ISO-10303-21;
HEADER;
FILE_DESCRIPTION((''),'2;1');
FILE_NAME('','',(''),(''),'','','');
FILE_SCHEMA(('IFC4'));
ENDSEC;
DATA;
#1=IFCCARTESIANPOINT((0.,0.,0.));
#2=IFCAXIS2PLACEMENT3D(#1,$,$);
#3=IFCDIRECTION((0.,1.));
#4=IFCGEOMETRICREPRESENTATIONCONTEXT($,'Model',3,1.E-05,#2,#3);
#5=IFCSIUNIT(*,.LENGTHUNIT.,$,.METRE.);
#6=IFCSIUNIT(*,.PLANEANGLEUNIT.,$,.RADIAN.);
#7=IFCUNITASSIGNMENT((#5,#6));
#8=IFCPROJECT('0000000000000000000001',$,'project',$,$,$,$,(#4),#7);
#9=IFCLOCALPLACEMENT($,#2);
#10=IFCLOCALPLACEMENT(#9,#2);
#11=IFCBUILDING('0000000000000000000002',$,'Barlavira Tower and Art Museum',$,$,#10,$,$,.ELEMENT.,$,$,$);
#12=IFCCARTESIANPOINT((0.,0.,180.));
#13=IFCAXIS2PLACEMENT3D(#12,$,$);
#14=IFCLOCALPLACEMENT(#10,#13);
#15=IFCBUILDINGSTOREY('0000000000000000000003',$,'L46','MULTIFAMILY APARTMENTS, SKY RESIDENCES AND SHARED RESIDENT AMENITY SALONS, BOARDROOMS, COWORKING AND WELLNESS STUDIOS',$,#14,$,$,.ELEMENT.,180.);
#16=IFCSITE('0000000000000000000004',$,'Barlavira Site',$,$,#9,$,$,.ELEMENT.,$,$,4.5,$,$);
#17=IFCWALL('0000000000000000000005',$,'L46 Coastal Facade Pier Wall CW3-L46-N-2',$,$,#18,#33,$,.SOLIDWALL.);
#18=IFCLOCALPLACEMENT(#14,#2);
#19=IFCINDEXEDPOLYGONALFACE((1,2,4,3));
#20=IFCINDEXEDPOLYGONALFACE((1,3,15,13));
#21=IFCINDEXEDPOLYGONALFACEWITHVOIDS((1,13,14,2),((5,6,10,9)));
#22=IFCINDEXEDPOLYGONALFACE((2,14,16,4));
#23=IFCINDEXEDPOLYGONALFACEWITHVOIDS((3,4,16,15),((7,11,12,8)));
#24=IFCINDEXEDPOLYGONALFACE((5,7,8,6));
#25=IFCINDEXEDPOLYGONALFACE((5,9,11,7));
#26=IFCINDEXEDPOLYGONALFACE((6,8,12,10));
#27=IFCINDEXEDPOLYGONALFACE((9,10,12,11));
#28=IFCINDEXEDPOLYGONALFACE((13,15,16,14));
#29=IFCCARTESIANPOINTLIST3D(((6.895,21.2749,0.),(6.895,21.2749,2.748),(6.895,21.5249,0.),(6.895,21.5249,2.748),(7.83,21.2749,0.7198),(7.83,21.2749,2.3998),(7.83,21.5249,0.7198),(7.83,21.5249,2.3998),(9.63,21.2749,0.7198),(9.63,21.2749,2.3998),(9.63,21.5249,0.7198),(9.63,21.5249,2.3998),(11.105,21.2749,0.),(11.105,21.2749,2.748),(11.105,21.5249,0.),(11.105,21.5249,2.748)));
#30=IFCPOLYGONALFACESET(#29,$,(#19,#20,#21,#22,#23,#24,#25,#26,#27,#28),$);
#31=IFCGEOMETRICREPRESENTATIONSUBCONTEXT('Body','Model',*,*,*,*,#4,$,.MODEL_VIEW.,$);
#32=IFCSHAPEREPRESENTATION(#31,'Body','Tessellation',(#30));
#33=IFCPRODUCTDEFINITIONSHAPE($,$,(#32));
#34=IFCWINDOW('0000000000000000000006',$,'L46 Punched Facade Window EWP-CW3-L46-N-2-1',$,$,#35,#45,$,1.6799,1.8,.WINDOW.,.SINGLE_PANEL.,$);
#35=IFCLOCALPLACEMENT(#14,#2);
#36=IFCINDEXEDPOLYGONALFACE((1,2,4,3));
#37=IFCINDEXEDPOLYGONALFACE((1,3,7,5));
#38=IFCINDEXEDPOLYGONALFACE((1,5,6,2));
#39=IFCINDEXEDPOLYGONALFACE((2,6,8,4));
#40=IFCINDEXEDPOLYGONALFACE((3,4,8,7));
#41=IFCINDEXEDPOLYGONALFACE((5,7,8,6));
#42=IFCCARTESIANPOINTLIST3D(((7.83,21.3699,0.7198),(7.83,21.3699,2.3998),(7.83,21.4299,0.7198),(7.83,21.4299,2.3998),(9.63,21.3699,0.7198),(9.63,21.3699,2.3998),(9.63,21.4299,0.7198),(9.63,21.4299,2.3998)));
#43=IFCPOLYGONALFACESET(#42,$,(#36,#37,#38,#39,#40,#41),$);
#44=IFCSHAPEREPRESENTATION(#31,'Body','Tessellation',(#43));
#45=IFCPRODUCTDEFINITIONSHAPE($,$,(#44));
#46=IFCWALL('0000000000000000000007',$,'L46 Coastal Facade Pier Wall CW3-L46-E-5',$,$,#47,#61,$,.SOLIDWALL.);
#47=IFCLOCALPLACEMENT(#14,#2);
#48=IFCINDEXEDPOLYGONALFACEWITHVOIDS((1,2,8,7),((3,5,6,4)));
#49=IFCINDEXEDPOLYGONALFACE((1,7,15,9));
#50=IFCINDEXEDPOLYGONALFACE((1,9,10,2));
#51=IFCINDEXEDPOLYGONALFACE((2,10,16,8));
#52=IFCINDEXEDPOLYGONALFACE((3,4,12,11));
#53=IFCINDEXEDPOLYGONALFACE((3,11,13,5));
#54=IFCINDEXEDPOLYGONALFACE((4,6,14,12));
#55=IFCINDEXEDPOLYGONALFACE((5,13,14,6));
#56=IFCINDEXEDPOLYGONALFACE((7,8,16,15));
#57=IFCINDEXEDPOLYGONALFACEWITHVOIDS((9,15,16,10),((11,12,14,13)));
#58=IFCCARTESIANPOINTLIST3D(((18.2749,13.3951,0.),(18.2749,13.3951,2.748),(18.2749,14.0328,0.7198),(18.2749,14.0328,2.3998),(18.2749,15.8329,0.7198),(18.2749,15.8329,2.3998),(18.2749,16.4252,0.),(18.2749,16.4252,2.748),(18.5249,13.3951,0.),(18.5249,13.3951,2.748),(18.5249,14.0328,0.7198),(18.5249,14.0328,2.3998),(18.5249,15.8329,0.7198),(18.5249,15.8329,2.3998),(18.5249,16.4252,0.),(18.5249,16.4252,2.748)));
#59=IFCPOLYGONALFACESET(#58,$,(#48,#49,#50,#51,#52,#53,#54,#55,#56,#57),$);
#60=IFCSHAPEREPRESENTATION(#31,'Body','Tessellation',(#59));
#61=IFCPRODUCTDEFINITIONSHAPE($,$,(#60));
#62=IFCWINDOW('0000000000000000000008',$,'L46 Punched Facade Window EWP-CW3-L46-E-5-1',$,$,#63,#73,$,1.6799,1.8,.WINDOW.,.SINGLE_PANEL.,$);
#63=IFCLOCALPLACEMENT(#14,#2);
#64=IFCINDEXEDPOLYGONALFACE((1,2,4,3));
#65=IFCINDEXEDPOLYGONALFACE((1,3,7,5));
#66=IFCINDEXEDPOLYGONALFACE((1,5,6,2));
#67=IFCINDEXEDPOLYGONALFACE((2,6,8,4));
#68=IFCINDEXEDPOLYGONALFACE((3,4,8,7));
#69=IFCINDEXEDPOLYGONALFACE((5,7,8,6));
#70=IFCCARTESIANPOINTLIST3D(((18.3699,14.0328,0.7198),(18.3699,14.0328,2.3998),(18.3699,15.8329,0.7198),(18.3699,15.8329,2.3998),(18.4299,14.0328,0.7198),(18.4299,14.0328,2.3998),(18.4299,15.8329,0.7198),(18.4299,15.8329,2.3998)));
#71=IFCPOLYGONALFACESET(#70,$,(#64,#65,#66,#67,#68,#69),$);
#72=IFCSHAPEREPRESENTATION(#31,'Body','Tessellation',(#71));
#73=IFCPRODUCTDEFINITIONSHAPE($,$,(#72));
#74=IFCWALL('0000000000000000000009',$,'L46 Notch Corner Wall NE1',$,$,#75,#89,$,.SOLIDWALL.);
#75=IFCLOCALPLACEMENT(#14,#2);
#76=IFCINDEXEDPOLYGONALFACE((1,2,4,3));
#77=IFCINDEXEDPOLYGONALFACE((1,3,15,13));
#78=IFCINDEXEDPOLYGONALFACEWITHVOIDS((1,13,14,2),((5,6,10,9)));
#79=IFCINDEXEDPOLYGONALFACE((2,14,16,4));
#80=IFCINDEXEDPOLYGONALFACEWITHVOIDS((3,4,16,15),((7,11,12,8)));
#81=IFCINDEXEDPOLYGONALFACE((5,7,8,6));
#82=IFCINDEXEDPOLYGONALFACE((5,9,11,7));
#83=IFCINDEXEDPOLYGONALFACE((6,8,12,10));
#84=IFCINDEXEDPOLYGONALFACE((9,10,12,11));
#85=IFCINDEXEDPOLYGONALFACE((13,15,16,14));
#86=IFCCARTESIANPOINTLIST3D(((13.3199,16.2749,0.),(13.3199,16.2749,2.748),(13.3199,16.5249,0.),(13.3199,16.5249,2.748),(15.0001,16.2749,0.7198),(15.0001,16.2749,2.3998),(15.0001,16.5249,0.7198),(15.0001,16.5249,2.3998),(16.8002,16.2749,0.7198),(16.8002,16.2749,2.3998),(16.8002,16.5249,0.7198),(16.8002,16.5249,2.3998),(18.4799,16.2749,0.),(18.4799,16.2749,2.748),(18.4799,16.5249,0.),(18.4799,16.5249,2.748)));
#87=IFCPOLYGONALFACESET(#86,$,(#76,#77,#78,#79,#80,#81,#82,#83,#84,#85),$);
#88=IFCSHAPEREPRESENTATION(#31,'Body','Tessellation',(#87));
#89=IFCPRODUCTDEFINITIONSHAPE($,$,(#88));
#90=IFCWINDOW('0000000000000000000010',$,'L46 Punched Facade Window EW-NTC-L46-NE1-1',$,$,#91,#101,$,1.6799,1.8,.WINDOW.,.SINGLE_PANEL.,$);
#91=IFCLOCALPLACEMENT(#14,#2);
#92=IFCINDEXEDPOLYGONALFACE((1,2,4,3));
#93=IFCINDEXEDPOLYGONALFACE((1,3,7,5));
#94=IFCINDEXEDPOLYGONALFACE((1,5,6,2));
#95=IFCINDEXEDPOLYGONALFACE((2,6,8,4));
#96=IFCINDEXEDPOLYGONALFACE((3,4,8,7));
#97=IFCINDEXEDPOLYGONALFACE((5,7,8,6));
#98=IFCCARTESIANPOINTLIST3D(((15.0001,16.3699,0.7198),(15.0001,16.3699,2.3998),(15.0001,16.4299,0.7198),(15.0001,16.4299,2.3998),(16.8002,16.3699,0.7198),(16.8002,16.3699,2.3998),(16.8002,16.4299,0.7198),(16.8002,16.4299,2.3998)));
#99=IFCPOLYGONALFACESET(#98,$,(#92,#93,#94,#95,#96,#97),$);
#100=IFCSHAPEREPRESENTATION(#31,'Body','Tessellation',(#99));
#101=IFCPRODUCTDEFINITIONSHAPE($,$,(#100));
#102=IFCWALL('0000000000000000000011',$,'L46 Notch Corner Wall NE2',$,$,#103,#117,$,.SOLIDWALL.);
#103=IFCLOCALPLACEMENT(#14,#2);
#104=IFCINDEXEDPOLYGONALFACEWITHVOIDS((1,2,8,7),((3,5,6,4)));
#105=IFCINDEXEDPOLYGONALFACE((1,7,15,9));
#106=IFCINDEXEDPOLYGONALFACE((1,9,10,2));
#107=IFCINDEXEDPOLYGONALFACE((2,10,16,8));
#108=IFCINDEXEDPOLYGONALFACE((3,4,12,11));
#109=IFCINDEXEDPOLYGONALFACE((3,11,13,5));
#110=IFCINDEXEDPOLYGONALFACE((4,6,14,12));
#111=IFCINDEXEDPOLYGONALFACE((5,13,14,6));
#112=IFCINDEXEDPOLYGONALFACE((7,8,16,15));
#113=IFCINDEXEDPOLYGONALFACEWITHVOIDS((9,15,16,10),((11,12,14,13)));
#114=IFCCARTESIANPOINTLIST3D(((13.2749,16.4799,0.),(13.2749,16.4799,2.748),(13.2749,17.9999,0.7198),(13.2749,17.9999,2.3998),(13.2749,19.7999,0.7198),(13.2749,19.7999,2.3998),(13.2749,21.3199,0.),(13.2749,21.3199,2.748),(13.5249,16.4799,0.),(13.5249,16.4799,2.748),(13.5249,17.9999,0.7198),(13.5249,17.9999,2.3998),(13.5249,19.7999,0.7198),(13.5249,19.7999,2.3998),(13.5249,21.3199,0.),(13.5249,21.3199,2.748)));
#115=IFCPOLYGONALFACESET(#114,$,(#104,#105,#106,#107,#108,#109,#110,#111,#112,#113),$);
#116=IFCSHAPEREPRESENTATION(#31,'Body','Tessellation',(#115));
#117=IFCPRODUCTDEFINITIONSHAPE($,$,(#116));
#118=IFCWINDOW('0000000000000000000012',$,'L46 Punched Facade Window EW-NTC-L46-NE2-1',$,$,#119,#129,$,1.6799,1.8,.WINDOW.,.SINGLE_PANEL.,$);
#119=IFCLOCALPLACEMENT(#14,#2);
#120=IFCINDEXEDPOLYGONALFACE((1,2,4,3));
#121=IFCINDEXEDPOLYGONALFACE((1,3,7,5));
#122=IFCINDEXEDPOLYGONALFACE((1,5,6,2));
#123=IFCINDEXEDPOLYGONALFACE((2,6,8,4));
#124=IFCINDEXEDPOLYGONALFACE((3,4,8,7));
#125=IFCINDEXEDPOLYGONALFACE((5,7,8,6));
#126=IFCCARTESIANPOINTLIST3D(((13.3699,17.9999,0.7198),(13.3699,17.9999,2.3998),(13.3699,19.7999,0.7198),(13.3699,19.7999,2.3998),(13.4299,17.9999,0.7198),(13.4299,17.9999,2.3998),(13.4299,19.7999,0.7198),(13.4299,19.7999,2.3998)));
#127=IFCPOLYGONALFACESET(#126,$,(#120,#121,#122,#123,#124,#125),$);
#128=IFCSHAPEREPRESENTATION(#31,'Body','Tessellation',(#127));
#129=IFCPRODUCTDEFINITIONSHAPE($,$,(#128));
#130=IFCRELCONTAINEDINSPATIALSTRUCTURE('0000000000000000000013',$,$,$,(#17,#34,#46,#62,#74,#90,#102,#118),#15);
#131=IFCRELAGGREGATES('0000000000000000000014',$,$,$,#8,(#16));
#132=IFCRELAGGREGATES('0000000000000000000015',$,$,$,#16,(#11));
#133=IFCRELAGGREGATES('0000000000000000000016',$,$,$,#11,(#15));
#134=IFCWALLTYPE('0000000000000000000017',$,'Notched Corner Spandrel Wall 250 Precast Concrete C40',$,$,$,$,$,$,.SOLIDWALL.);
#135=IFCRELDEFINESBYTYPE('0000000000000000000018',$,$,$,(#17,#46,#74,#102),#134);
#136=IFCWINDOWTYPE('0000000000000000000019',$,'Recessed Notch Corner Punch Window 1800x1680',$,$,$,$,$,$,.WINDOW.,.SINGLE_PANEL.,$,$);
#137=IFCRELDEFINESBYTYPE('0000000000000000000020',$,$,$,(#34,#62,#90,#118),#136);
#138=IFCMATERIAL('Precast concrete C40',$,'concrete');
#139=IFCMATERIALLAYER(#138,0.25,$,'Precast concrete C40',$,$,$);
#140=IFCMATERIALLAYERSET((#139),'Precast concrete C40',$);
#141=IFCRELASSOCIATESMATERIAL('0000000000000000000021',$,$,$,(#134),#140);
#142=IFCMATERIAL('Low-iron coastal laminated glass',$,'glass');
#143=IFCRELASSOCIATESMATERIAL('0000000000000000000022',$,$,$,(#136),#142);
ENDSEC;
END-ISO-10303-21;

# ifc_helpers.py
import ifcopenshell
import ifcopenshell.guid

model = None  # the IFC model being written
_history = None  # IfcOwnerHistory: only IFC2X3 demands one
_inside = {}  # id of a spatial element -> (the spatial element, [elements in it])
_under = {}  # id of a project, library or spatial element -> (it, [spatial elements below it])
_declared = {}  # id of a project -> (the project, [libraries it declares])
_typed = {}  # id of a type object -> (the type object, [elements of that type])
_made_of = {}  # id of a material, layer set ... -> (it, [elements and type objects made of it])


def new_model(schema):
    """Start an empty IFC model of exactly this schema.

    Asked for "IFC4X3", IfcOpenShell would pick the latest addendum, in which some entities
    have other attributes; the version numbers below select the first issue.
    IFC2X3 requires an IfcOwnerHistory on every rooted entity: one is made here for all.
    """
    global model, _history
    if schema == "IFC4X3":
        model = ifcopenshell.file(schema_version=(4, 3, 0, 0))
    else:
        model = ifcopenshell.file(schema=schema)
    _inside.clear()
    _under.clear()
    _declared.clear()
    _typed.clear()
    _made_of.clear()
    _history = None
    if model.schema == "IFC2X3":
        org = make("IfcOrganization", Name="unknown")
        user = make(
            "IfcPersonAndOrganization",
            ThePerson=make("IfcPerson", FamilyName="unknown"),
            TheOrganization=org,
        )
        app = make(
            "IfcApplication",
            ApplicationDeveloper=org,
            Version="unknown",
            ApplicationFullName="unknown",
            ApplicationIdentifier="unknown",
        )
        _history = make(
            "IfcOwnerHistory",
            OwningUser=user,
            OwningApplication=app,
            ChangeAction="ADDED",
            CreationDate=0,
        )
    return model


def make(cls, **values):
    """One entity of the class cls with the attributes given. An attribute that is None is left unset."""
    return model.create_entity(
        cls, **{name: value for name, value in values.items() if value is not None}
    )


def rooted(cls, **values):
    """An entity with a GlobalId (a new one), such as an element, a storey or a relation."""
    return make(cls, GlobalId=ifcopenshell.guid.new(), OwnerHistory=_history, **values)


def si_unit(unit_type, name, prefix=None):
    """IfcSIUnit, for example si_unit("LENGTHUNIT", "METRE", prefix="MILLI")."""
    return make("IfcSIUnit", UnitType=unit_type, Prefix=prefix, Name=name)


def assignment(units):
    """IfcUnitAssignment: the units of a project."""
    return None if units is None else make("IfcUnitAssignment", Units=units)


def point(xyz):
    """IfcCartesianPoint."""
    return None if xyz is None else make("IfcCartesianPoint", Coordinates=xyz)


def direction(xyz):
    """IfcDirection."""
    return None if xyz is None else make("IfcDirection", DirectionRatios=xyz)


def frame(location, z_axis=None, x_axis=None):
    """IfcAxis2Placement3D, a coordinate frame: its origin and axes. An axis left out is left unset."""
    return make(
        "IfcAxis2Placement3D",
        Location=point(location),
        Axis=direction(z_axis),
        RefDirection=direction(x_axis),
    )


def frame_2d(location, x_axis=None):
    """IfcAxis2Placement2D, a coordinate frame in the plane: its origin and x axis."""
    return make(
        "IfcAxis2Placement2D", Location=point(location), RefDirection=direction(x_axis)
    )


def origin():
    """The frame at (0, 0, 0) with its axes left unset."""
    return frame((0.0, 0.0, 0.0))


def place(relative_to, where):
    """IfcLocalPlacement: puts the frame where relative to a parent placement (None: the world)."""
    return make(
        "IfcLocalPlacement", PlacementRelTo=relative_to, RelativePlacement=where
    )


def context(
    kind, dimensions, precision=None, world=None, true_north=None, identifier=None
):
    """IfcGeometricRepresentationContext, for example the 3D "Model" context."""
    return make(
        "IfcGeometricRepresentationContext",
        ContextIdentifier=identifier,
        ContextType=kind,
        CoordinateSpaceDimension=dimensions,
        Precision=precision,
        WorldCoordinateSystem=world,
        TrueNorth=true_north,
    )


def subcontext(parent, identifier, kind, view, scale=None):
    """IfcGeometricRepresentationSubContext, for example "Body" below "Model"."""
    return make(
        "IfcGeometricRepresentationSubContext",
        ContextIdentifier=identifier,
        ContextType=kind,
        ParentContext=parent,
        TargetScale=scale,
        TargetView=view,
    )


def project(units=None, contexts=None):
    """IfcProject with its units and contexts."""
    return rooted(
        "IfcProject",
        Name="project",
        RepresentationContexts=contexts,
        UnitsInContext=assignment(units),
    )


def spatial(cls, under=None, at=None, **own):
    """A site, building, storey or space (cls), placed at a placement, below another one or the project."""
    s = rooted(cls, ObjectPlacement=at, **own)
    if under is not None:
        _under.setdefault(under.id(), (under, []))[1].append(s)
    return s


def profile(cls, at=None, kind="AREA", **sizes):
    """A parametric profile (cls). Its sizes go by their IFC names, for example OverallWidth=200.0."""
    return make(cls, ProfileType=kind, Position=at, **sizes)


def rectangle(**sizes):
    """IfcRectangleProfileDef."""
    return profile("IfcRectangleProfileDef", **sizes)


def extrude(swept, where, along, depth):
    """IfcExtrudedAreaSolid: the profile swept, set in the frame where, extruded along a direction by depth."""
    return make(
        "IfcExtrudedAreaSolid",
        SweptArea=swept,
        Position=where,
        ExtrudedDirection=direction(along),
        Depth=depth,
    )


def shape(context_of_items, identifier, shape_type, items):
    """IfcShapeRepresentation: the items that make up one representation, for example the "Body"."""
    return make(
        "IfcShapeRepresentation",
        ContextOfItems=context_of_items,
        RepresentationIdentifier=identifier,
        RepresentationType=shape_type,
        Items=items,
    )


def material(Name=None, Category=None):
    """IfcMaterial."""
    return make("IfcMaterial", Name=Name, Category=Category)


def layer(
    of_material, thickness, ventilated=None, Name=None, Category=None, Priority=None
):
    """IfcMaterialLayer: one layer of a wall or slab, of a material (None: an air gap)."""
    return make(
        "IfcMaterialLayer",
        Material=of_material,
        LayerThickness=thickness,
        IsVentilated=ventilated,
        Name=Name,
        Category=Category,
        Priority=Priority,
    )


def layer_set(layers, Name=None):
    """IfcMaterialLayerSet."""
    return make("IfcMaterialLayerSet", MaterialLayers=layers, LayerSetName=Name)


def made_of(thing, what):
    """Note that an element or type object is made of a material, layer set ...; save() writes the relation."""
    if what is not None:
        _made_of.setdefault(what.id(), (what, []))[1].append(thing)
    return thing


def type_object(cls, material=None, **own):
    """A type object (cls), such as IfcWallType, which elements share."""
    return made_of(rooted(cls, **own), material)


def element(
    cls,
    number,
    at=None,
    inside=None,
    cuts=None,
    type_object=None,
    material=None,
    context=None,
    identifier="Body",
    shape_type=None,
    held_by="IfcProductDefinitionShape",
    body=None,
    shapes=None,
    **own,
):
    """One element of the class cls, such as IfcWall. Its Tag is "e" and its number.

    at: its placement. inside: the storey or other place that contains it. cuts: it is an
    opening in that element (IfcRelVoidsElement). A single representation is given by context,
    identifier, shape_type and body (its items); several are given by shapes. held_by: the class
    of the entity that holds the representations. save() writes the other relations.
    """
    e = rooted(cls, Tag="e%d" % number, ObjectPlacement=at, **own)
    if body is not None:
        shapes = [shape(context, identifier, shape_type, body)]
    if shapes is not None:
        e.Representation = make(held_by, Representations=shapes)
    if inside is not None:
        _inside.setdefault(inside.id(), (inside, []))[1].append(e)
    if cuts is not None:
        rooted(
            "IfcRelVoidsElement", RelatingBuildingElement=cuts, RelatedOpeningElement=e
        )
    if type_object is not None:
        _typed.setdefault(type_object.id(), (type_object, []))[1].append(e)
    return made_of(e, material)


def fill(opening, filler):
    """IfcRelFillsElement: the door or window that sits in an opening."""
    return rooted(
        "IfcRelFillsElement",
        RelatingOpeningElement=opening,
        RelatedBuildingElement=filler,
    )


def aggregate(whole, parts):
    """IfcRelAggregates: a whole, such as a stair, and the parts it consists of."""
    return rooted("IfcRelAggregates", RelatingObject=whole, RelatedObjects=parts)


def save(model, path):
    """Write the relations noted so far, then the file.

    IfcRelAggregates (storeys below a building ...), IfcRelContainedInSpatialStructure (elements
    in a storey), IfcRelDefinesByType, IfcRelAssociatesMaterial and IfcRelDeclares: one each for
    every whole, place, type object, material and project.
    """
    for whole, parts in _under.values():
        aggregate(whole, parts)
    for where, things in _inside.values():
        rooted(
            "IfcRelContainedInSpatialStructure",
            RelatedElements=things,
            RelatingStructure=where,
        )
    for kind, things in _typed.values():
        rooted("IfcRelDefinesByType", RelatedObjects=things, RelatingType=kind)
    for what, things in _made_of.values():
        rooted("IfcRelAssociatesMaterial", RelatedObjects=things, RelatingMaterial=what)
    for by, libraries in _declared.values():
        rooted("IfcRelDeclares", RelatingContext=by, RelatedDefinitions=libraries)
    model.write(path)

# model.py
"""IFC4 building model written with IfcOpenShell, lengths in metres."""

from ifc_helpers import new_model, si_unit, direction, frame, frame_2d, origin, place, context, subcontext, project, spatial, rectangle, extrude, material, layer, layer_set, type_object, element, fill, save


model = new_model("IFC4")

# Units and contexts
model_context = context("Model", 3, precision=1e-05, world=origin(), true_north=direction((0.0, 1.0)))
body_context = subcontext(model_context, "Body", "Model", "MODEL_VIEW")
ifc_project = project(units=[si_unit("LENGTHUNIT", "METRE"), si_unit("PLANEANGLEUNIT", "RADIAN")], contexts=[model_context])

# Site, building, storey
site_placement = place(None, origin())
site = spatial("IfcSite", under=ifc_project, at=site_placement, Name="Barlavira Site", CompositionType="ELEMENT", RefElevation=4.5)
building_placement = place(site_placement, origin())
building = spatial("IfcBuilding", under=site, at=building_placement, Name="Barlavira Tower and Art Museum", CompositionType="ELEMENT")
storey_placement = place(building_placement, frame((0.0, 0.0, 180.0)))
storey = spatial("IfcBuildingStorey", under=building, at=storey_placement, Name="L46", Description="MULTIFAMILY APARTMENTS, SKY RESIDENCES AND SHARED RESIDENT AMENITY SALONS, BOARDROOMS, COWORKING AND WELLNESS STUDIOS", CompositionType="ELEMENT", Elevation=180.0)

# Walls, openings, windows
ifc_material_1 = material(Name="Precast concrete C40", Category="concrete")
ifc_layer_1 = layer(ifc_material_1, 0.25, Name="Precast concrete C40")
ifc_layer_set_1 = layer_set([ifc_layer_1], Name="Precast concrete C40")
wall_type_1 = type_object("IfcWallType", Name="Notched Corner Spandrel Wall 250 Precast Concrete C40", PredefinedType="SOLIDWALL", material=ifc_layer_set_1)
ifc_material_2 = material(Name="Low-iron coastal laminated glass", Category="glass")
wall_1_placement = place(storey_placement, frame((11.105, 21.3999, 0.0), z_axis=(0.0, 0.0, 1.0), x_axis=(-1.0, 0.0, 0.0)))
wall_1 = element("IfcWall", 1, at=wall_1_placement, inside=storey, type_object=wall_type_1, Name="L46 Coastal Facade Pier Wall CW3-L46-N-2", PredefinedType="SOLIDWALL", context=body_context, shape_type="SweptSolid", body=[
    extrude(rectangle(XDim=4.21, YDim=0.25, at=frame_2d((2.105, 0.0))), origin(), (0.0, 0.0, 1.0), 2.748),
])
opening_1_placement = place(wall_1_placement, frame((1.4751, 0.0, 0.72)))
opening_1 = element("IfcOpeningElement", 2, at=opening_1_placement, cuts=wall_1, PredefinedType="OPENING", context=body_context, shape_type="SweptSolid", body=[
    extrude(rectangle(XDim=1.8, YDim=1.6799, at=frame_2d((0.8999, 0.8398))), frame((0.0, 0.135, 0.0), z_axis=(0.0, -1.0, 0.0), x_axis=(1.0, 0.0, 0.0)), (0.0, 0.0, 1.0), 0.27),
])
window_type_1 = type_object("IfcWindowType", Name="Recessed Notch Corner Punch Window 1800x1680", PartitioningType="SINGLE_PANEL", PredefinedType="WINDOW", material=ifc_material_2)
window_1_placement = place(opening_1_placement, origin())
window_1 = element("IfcWindow", 3, at=window_1_placement, inside=storey, type_object=window_type_1, Name="L46 Punched Facade Window EWP-CW3-L46-N-2-1", OverallHeight=1.6799, OverallWidth=1.8, PartitioningType="SINGLE_PANEL", PredefinedType="WINDOW", context=body_context, shape_type="SweptSolid", body=[
    extrude(rectangle(XDim=1.8, YDim=1.6799, at=frame_2d((0.8999, 0.8398))), frame((0.0, 0.03, 0.0), z_axis=(0.0, -1.0, 0.0), x_axis=(1.0, 0.0, 0.0)), (0.0, 0.0, 1.0), 0.0601),
])
fill(opening_1, window_1)
wall_2_placement = place(storey_placement, frame((18.3999, 13.395, 0.0), z_axis=(0.0, 0.0, 1.0), x_axis=(0.0, 1.0, 0.0)))
wall_2 = element("IfcWall", 4, at=wall_2_placement, inside=storey, type_object=wall_type_1, Name="L46 Coastal Facade Pier Wall CW3-L46-E-5", PredefinedType="SOLIDWALL", context=body_context, shape_type="SweptSolid", body=[
    extrude(rectangle(XDim=3.03, YDim=0.25, at=frame_2d((1.5151, 0.0))), origin(), (0.0, 0.0, 1.0), 2.748),
])
opening_2_placement = place(wall_2_placement, frame((0.6379, 0.0, 0.72)))
opening_2 = element("IfcOpeningElement", 5, at=opening_2_placement, cuts=wall_2, PredefinedType="OPENING", context=body_context, shape_type="SweptSolid", body=[
    extrude(rectangle(XDim=1.8, YDim=1.6799, at=frame_2d((0.8999, 0.8398))), frame((0.0, 0.135, 0.0), z_axis=(0.0, -1.0, 0.0), x_axis=(1.0, 0.0, 0.0)), (0.0, 0.0, 1.0), 0.27),
])
window_2_placement = place(opening_2_placement, origin())
window_2 = element("IfcWindow", 6, at=window_2_placement, inside=storey, type_object=window_type_1, Name="L46 Punched Facade Window EWP-CW3-L46-E-5-1", OverallHeight=1.6799, OverallWidth=1.8, PartitioningType="SINGLE_PANEL", PredefinedType="WINDOW", context=body_context, shape_type="SweptSolid", body=[
    extrude(rectangle(XDim=1.8, YDim=1.6799, at=frame_2d((0.8999, 0.8398))), frame((0.0, 0.03, 0.0), z_axis=(0.0, -1.0, 0.0), x_axis=(1.0, 0.0, 0.0)), (0.0, 0.0, 1.0), 0.0601),
])
fill(opening_2, window_2)
wall_3_placement = place(storey_placement, frame((18.48, 16.3999, 0.0), z_axis=(0.0, 0.0, 1.0), x_axis=(-1.0, 0.0, 0.0)))
wall_3 = element("IfcWall", 7, at=wall_3_placement, inside=storey, type_object=wall_type_1, Name="L46 Notch Corner Wall NE1", PredefinedType="SOLIDWALL", context=body_context, shape_type="SweptSolid", body=[
    extrude(rectangle(XDim=5.1599, YDim=0.25, at=frame_2d((2.5801, 0.0))), origin(), (0.0, 0.0, 1.0), 2.748),
])
opening_3_placement = place(wall_3_placement, frame((1.6799, 0.0, 0.72)))
opening_3 = element("IfcOpeningElement", 8, at=opening_3_placement, cuts=wall_3, PredefinedType="OPENING", context=body_context, shape_type="SweptSolid", body=[
    extrude(rectangle(XDim=1.8, YDim=1.6799, at=frame_2d((0.8999, 0.8398))), frame((0.0, 0.135, 0.0), z_axis=(0.0, -1.0, 0.0), x_axis=(1.0, 0.0, 0.0)), (0.0, 0.0, 1.0), 0.27),
])
window_3_placement = place(opening_3_placement, origin())
window_3 = element("IfcWindow", 9, at=window_3_placement, inside=storey, type_object=window_type_1, Name="L46 Punched Facade Window EW-NTC-L46-NE1-1", OverallHeight=1.6799, OverallWidth=1.8, PartitioningType="SINGLE_PANEL", PredefinedType="WINDOW", context=body_context, shape_type="SweptSolid", body=[
    extrude(rectangle(XDim=1.8, YDim=1.6799, at=frame_2d((0.8999, 0.8398))), frame((0.0, 0.03, 0.0), z_axis=(0.0, -1.0, 0.0), x_axis=(1.0, 0.0, 0.0)), (0.0, 0.0, 1.0), 0.0601),
])
fill(opening_3, window_3)
wall_4_placement = place(storey_placement, frame((13.3999, 16.48, 0.0), z_axis=(0.0, 0.0, 1.0), x_axis=(0.0, 1.0, 0.0)))
wall_4 = element("IfcWall", 10, at=wall_4_placement, inside=storey, type_object=wall_type_1, Name="L46 Notch Corner Wall NE2", PredefinedType="SOLIDWALL", context=body_context, shape_type="SweptSolid", body=[
    extrude(rectangle(XDim=4.8401, YDim=0.25, at=frame_2d((2.4199, 0.0))), origin(), (0.0, 0.0, 1.0), 2.748),
])
opening_4_placement = place(wall_4_placement, frame((1.52, 0.0, 0.72)))
opening_4 = element("IfcOpeningElement", 11, at=opening_4_placement, cuts=wall_4, PredefinedType="OPENING", context=body_context, shape_type="SweptSolid", body=[
    extrude(rectangle(XDim=1.8, YDim=1.6799, at=frame_2d((0.8999, 0.8398))), frame((0.0, 0.135, 0.0), z_axis=(0.0, -1.0, 0.0), x_axis=(1.0, 0.0, 0.0)), (0.0, 0.0, 1.0), 0.27),
])
window_4_placement = place(opening_4_placement, origin())
window_4 = element("IfcWindow", 12, at=window_4_placement, inside=storey, type_object=window_type_1, Name="L46 Punched Facade Window EW-NTC-L46-NE2-1", OverallHeight=1.6799, OverallWidth=1.8, PartitioningType="SINGLE_PANEL", PredefinedType="WINDOW", context=body_context, shape_type="SweptSolid", body=[
    extrude(rectangle(XDim=1.8, YDim=1.6799, at=frame_2d((0.8999, 0.8398))), frame((0.0, 0.03, 0.0), z_axis=(0.0, -1.0, 0.0), x_axis=(1.0, 0.0, 0.0)), (0.0, 0.0, 1.0), 0.0601),
])
fill(opening_4, window_4)

save(model, "model.ifc")
